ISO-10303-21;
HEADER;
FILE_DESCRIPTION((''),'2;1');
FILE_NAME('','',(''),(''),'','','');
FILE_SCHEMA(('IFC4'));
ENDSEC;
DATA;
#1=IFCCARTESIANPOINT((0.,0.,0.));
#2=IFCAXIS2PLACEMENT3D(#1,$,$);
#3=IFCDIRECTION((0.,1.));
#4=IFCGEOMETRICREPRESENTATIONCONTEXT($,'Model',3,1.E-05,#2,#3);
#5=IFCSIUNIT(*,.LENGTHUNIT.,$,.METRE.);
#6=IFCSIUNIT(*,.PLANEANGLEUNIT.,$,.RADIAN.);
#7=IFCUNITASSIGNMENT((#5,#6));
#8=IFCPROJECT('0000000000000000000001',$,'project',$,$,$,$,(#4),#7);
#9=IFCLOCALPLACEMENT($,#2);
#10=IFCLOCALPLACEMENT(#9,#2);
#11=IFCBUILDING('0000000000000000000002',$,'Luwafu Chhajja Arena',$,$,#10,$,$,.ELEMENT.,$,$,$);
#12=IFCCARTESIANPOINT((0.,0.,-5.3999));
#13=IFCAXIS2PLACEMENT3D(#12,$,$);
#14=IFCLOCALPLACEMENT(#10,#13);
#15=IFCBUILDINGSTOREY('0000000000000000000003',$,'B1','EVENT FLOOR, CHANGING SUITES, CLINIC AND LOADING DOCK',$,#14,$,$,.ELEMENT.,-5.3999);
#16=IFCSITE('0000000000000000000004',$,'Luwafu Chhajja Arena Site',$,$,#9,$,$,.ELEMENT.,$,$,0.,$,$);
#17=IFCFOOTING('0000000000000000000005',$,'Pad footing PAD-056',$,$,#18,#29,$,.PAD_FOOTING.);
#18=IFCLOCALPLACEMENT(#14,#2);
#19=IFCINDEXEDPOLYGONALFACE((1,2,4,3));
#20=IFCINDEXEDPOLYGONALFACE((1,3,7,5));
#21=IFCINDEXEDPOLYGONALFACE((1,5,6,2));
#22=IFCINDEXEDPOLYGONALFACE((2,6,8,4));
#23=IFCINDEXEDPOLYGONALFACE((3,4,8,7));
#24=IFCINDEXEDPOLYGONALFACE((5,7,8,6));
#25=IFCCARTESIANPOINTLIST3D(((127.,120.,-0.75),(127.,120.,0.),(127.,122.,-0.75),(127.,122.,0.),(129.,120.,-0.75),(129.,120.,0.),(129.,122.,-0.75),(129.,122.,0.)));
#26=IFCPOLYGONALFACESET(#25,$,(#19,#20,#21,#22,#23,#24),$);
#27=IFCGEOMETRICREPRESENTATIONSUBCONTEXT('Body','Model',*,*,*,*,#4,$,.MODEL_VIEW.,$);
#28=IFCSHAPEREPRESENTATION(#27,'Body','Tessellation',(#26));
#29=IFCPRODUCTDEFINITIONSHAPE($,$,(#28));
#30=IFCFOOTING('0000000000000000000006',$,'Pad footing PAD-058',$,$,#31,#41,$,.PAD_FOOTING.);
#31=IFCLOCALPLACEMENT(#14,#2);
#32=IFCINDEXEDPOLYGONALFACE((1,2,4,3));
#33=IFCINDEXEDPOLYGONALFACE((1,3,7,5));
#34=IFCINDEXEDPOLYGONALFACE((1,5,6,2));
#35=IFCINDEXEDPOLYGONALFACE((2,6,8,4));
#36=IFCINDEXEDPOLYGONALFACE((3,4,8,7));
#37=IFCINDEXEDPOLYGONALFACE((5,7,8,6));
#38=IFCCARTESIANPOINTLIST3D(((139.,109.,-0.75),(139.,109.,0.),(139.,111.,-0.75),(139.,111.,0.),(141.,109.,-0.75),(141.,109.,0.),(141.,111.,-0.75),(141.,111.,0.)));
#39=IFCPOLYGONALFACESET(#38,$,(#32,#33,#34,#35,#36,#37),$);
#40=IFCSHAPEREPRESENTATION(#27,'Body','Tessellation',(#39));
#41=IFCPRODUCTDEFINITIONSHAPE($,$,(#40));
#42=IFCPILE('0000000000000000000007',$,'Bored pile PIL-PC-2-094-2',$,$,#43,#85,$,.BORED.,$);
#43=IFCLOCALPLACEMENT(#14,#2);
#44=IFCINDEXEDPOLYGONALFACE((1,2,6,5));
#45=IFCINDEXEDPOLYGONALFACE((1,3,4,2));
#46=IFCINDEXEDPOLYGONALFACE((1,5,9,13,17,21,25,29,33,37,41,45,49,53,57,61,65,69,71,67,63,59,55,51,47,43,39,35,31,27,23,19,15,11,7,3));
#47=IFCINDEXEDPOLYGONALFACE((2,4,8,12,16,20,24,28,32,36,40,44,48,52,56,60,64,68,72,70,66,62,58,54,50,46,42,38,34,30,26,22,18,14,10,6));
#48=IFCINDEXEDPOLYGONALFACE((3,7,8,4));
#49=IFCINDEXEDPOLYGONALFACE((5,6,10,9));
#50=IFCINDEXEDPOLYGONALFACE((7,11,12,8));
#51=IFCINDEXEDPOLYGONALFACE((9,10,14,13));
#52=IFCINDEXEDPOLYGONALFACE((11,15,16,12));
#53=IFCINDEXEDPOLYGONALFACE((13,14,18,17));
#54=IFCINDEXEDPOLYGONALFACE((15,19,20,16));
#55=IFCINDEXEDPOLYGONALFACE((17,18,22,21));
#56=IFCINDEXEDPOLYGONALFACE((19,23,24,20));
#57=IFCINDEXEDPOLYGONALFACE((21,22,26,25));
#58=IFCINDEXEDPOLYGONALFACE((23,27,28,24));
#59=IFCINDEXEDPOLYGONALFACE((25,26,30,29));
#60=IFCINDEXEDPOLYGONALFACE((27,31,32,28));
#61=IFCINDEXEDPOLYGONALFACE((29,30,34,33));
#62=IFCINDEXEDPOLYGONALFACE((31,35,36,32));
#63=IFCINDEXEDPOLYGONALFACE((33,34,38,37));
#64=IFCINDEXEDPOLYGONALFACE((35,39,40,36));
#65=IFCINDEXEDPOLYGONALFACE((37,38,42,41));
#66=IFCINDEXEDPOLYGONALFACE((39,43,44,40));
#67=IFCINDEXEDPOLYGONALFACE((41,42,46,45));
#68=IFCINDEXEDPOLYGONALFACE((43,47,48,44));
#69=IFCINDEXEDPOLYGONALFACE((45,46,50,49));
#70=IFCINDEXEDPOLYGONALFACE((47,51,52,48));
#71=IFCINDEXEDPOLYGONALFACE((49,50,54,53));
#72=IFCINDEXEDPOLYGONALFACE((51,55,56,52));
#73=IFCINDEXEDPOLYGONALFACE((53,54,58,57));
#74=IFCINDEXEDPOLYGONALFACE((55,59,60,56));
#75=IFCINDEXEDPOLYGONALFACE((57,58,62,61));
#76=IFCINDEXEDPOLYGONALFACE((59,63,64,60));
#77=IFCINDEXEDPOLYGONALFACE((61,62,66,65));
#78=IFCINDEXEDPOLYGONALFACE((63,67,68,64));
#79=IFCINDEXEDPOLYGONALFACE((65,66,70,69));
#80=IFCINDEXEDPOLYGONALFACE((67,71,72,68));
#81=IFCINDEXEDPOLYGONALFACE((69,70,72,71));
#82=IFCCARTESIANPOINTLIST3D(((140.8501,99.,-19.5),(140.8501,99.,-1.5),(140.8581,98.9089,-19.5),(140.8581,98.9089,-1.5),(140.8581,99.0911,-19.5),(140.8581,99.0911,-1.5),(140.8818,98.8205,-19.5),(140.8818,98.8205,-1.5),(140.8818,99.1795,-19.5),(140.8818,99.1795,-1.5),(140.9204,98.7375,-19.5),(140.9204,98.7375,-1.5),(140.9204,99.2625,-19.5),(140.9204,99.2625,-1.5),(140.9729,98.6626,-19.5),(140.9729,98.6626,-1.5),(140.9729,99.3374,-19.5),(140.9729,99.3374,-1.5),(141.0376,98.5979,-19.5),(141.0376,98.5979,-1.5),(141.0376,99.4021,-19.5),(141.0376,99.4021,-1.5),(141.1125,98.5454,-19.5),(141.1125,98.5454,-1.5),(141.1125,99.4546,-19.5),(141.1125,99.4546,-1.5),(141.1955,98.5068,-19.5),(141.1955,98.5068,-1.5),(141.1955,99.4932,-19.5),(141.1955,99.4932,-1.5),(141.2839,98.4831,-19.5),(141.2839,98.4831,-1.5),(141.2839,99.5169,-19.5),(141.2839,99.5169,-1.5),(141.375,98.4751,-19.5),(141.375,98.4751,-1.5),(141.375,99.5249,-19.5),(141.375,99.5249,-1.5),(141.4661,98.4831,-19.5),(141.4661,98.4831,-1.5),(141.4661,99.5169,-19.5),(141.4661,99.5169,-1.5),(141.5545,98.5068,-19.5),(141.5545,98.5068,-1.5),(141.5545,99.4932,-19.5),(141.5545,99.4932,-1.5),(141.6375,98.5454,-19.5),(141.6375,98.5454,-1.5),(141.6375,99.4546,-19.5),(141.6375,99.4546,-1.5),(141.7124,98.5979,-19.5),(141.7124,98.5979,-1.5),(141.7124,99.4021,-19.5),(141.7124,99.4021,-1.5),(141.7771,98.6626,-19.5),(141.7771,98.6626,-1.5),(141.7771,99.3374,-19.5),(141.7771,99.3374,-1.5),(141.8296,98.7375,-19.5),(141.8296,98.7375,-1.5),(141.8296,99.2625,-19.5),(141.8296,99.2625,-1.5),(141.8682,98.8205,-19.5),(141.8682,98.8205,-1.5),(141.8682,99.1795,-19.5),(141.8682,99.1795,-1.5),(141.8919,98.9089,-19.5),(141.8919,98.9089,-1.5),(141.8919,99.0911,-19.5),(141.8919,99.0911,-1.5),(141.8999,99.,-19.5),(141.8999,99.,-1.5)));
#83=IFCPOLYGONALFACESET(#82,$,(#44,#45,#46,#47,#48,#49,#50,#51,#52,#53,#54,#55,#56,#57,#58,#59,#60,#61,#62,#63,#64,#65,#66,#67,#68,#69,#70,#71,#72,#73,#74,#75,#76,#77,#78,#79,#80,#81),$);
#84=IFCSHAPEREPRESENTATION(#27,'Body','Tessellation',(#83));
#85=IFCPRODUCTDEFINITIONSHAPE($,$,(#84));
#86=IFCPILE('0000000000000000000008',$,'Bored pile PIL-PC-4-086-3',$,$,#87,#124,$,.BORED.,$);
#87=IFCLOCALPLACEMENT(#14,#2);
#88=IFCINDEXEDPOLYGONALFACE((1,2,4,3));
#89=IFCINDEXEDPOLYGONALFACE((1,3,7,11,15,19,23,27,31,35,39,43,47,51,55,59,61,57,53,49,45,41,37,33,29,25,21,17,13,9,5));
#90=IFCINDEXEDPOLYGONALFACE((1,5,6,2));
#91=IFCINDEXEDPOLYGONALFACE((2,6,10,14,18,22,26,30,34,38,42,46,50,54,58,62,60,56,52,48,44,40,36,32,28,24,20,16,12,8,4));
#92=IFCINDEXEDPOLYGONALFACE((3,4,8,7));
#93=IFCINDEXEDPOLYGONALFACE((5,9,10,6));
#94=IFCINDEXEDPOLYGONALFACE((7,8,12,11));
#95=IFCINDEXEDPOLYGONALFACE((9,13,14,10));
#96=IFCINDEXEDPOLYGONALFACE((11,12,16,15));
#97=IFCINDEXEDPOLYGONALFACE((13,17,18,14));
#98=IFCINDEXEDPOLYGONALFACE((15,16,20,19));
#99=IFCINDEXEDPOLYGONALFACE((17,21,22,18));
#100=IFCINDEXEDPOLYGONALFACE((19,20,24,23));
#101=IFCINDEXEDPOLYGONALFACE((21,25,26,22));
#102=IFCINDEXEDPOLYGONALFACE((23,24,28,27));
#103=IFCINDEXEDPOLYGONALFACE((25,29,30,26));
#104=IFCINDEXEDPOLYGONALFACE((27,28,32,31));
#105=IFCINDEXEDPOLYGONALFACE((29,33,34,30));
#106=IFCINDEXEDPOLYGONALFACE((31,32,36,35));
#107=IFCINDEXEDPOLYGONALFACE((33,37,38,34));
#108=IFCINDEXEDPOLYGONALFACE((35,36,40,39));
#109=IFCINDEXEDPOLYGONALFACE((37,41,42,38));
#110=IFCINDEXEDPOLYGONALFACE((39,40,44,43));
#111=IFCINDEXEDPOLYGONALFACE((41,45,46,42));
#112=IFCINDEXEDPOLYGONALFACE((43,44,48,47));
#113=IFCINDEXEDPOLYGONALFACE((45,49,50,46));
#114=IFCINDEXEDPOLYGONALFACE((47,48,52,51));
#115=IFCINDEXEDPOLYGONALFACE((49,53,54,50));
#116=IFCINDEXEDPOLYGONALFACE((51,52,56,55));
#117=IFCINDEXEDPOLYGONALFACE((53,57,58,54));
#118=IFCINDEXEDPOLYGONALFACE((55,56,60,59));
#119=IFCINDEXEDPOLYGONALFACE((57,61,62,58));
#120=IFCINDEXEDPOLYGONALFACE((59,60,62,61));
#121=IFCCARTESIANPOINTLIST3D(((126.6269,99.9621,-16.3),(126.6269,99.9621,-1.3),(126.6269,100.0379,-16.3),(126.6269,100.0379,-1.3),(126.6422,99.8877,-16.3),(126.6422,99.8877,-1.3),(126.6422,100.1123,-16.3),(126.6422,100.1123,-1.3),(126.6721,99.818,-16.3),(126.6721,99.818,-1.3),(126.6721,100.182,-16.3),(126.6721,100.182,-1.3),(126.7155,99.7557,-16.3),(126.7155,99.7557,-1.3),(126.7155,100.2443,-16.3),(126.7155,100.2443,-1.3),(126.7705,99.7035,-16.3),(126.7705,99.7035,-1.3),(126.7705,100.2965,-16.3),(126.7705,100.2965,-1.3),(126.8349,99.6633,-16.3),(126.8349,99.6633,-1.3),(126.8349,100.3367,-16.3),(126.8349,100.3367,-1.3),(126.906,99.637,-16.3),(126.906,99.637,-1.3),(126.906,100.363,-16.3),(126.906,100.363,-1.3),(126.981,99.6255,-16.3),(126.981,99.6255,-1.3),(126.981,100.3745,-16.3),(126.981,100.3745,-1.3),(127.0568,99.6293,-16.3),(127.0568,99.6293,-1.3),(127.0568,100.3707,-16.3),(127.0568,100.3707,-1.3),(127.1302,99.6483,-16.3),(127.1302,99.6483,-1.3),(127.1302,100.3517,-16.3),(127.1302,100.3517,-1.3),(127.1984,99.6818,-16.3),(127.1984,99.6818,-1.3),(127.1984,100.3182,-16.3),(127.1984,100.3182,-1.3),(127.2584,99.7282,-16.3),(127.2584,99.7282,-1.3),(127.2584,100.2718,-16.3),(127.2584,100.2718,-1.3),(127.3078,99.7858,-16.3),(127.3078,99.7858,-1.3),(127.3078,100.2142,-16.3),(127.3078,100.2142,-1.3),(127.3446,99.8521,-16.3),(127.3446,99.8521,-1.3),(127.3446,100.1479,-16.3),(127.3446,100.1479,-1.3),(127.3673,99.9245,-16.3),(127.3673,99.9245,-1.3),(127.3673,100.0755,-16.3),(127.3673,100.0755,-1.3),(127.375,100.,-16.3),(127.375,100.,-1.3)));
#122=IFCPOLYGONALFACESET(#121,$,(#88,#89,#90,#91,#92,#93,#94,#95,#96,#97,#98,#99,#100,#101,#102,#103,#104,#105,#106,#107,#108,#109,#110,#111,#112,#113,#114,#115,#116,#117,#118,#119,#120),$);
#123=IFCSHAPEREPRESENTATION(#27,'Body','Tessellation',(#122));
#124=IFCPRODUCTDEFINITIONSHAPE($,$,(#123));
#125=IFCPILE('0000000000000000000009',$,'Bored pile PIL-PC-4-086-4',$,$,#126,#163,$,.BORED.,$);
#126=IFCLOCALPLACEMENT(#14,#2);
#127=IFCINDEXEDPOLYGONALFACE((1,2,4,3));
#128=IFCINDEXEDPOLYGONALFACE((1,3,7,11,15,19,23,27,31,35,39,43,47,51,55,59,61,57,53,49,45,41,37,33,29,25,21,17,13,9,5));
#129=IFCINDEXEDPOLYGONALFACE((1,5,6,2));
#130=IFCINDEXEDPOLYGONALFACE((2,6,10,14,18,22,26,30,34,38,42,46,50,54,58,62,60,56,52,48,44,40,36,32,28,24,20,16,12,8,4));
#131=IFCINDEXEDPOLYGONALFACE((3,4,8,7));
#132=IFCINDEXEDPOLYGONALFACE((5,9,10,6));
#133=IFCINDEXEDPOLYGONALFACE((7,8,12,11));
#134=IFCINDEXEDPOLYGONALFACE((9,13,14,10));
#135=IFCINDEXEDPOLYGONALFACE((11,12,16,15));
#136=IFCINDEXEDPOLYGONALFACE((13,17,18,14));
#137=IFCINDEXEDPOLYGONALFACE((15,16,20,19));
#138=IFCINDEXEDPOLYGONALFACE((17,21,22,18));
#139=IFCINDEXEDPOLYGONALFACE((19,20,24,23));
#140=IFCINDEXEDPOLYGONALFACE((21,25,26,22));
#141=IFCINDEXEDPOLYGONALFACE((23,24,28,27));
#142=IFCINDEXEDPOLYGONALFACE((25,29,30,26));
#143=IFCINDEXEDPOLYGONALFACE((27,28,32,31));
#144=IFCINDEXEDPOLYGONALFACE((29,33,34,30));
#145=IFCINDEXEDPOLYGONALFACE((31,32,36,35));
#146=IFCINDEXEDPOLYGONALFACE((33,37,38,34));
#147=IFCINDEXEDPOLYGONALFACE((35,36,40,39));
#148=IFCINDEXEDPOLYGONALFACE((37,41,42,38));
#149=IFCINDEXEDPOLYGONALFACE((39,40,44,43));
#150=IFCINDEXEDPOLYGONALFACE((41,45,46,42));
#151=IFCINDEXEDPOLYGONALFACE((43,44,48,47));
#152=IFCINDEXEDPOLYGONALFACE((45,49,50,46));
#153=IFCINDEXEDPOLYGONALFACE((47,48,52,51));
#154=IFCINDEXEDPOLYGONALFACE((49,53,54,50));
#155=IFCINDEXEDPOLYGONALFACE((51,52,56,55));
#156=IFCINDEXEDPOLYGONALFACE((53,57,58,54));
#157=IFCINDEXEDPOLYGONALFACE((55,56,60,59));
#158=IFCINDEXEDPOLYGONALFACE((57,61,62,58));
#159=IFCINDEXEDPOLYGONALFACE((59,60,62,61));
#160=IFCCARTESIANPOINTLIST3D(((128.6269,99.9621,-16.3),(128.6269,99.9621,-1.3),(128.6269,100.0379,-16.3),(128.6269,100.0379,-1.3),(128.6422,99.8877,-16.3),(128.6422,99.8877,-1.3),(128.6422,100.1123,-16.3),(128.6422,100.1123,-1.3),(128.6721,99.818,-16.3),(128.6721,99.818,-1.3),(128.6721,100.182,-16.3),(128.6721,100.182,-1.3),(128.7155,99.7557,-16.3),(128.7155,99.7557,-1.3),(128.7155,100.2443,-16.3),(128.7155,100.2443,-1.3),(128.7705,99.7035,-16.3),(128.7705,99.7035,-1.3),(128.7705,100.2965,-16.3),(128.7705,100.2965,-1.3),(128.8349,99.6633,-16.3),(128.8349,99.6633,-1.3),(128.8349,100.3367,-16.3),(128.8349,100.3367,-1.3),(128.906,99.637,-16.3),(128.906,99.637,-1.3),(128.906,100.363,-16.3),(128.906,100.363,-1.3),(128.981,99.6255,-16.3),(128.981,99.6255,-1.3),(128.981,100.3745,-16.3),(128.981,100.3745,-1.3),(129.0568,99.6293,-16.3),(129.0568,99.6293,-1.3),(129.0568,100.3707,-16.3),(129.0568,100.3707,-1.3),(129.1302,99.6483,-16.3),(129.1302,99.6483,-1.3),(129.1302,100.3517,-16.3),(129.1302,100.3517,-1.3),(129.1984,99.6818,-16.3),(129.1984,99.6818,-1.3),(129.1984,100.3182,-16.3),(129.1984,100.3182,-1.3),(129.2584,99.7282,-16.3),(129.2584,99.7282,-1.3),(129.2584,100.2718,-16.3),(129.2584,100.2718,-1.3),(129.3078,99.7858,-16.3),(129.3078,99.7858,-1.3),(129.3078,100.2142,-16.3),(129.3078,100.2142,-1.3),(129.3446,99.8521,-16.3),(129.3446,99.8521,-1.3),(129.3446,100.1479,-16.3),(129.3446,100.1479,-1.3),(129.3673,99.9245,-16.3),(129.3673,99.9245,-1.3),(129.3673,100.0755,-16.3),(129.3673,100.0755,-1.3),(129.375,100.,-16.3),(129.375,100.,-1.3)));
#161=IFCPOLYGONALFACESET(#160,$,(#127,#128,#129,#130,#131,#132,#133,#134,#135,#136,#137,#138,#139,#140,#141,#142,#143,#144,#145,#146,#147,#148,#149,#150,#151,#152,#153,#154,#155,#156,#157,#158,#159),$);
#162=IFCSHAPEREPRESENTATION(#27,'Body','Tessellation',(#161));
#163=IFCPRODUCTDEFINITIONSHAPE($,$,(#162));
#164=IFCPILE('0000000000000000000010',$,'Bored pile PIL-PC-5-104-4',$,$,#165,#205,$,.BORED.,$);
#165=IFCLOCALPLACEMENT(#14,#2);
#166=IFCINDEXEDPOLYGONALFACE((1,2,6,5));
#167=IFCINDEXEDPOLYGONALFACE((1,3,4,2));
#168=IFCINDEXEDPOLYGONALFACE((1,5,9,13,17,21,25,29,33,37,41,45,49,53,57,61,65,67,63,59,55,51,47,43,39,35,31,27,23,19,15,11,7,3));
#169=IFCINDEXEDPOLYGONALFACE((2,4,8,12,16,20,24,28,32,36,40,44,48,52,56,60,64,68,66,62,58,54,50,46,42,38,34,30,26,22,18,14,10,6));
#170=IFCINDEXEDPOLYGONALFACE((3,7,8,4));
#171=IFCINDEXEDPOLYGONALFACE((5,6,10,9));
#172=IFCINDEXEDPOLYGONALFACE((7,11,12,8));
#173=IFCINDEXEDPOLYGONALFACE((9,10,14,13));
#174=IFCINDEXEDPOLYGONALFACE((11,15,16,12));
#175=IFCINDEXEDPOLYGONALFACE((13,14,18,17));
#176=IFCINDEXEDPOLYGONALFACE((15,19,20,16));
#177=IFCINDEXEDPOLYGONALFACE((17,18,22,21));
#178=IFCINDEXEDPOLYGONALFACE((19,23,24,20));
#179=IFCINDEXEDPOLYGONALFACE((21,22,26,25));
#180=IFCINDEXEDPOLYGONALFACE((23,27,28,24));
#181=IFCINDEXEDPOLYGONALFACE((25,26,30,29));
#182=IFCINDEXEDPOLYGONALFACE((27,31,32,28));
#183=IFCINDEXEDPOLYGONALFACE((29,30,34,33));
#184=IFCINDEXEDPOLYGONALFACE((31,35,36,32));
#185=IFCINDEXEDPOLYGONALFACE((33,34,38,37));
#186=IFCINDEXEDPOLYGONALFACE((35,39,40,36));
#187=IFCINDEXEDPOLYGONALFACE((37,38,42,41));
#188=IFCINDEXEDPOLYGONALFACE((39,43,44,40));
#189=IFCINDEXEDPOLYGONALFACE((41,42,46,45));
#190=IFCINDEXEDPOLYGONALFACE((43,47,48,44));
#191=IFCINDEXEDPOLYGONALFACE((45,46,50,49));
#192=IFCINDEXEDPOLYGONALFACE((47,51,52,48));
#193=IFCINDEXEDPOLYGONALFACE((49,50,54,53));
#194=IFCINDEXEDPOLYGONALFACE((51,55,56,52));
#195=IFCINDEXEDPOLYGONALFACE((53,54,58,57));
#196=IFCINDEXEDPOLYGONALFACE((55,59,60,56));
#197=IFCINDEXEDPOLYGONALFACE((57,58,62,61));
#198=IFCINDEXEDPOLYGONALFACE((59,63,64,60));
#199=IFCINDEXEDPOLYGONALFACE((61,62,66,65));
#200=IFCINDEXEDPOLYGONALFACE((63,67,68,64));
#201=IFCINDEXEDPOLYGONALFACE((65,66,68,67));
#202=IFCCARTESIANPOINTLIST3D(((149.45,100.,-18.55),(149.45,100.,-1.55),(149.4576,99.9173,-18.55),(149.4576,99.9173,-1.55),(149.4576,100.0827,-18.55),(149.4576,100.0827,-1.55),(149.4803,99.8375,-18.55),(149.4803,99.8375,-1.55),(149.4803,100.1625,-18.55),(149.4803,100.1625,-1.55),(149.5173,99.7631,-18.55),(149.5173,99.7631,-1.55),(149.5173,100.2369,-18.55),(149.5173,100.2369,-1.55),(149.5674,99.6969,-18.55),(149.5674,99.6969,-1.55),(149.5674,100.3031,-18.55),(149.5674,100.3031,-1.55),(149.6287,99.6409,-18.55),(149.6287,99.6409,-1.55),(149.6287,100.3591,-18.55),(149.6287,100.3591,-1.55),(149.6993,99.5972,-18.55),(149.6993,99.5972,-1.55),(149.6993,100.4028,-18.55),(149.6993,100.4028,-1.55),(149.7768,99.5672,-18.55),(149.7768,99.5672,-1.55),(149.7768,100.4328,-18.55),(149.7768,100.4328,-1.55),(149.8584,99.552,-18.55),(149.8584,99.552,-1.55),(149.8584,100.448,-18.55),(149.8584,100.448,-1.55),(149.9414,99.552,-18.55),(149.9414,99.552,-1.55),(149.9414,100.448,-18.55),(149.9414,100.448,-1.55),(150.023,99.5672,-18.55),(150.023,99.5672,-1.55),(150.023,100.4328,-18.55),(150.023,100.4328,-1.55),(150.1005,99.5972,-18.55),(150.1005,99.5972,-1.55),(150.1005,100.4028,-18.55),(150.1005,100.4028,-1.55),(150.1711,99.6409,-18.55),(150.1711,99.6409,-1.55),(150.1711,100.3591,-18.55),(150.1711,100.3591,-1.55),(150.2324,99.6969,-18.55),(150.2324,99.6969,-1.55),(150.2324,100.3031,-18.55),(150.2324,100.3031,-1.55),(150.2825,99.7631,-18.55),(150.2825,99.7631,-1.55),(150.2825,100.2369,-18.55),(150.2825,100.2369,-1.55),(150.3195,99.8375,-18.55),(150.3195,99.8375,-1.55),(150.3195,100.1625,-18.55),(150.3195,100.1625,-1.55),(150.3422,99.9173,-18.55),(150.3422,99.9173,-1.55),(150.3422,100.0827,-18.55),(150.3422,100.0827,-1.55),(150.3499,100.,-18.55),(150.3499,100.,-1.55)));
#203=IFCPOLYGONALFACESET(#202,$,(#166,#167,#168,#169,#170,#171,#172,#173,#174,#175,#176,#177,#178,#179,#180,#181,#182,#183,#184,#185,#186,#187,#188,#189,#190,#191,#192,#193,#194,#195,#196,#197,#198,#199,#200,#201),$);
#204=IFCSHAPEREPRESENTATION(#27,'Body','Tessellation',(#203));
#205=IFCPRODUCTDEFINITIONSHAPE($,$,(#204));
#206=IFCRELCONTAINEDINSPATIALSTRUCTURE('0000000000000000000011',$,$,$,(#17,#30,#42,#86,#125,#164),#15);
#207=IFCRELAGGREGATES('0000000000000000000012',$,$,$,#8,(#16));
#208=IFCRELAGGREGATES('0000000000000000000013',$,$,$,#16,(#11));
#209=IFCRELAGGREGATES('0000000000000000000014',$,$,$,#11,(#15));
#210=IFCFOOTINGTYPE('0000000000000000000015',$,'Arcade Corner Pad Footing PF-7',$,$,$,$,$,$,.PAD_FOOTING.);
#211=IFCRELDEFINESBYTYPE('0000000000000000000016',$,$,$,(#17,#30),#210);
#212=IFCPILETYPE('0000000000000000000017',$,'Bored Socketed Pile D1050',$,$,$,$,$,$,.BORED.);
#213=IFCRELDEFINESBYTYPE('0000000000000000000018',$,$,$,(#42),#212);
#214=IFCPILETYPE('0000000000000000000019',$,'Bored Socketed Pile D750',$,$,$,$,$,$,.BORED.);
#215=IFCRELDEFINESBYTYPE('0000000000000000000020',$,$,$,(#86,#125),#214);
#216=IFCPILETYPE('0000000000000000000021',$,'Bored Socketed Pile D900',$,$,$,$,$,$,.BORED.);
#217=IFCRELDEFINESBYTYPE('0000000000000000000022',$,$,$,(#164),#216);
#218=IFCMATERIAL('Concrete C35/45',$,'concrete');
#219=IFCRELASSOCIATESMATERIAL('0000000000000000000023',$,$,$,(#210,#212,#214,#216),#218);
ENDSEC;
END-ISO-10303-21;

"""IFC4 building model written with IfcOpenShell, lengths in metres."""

from ifc_helpers import new_model, si_unit, direction, frame, origin, origin_2d, place, context, subcontext, project, spatial, rectangle, circle, extrude, material, material_profile, profile_set, type_object, element, save


model = new_model("IFC4")

# Units and contexts
model_context = context("Model", 3, precision=1e-05, world=origin(), true_north=direction((0.0, 1.0)))
body_context = subcontext(model_context, "Body", "Model", "MODEL_VIEW")
ifc_project = project(units=[si_unit("LENGTHUNIT", "METRE"), si_unit("PLANEANGLEUNIT", "RADIAN")], contexts=[model_context])

# Site, building, storey
site_placement = place(None, origin())
site = spatial("IfcSite", under=ifc_project, at=site_placement, Name="Luwafu Chhajja Arena Site", CompositionType="ELEMENT", RefElevation=0.0)
building_placement = place(site_placement, origin())
building = spatial("IfcBuilding", under=site, at=building_placement, Name="Luwafu Chhajja Arena", CompositionType="ELEMENT")
storey_placement = place(building_placement, frame((0.0, 0.0, -5.3999)))
storey = spatial("IfcBuildingStorey", under=building, at=storey_placement, Name="B1", Description="EVENT FLOOR, CHANGING SUITES, CLINIC AND LOADING DOCK", CompositionType="ELEMENT", Elevation=-5.3999)

# Footings
ifc_material_1 = material(Name="Concrete C35/45", Category="concrete")
footing_type_1 = type_object("IfcFootingType", Name="Arcade Corner Pad Footing PF-7", PredefinedType="PAD_FOOTING", material=ifc_material_1)
for number, where, z_axis, x_axis, name in (
    (1, (128.0, 121.0, -0.75), (0.0, 0.0, 1.0), (1.0, 0.0, 0.0), "Pad footing PAD-056"),
    (2, (140.0, 110.0, -0.75), (0.0, 0.0, 1.0), (1.0, 0.0, 0.0), "Pad footing PAD-058"),
):
    element("IfcFooting", number, at=place(storey_placement, frame(where, z_axis=z_axis, x_axis=x_axis)), inside=storey, type_object=footing_type_1, Name=name, PredefinedType="PAD_FOOTING", context=body_context, shape_type="SweptSolid", body=[
        extrude(rectangle(XDim=2.0, YDim=2.0, at=origin_2d()), origin(), (0.0, 0.0, 1.0), 0.75),
    ])

# Piles
ifc_material_profile_1 = material_profile(ifc_material_1, circle(Radius=0.5249, at=origin_2d()), Name="PILE D1050")
ifc_profile_set_1 = profile_set([ifc_material_profile_1], Name="Concrete C35/45")
pile_type_1 = type_object("IfcPileType", Name="Bored Socketed Pile D1050", PredefinedType="BORED", material=ifc_profile_set_1)
pile_1_placement = place(storey_placement, frame((141.375, 99.0, -1.5), z_axis=(0.0, 0.0, -1.0), x_axis=(1.0, 0.0, 0.0)))
element("IfcPile", 3, at=pile_1_placement, inside=storey, type_object=pile_type_1, Name="Bored pile PIL-PC-2-094-2", PredefinedType="BORED", context=body_context, shape_type="SweptSolid", body=[
    extrude(circle(Radius=0.5249, at=origin_2d()), origin(), (0.0, 0.0, 1.0), 18.0),
])
ifc_material_profile_2 = material_profile(ifc_material_1, circle(Radius=0.375, at=origin_2d()), Name="PILE D750")
ifc_profile_set_2 = profile_set([ifc_material_profile_2], Name="Concrete C35/45")
pile_type_2 = type_object("IfcPileType", Name="Bored Socketed Pile D750", PredefinedType="BORED", material=ifc_profile_set_2)
for number, where, z_axis, x_axis, name in (
    (4, (127.0, 100.0, -1.3), (0.0, 0.0, -1.0), (1.0, 0.0, 0.0), "Bored pile PIL-PC-4-086-3"),
    (5, (129.0, 100.0, -1.3), (0.0, 0.0, -1.0), (1.0, 0.0, 0.0), "Bored pile PIL-PC-4-086-4"),
):
    element("IfcPile", number, at=place(storey_placement, frame(where, z_axis=z_axis, x_axis=x_axis)), inside=storey, type_object=pile_type_2, Name=name, PredefinedType="BORED", context=body_context, shape_type="SweptSolid", body=[
        extrude(circle(Radius=0.375, at=origin_2d()), origin(), (0.0, 0.0, 1.0), 15.0),
    ])
ifc_material_profile_3 = material_profile(ifc_material_1, circle(Radius=0.45, at=origin_2d()), Name="PILE D900")
ifc_profile_set_3 = profile_set([ifc_material_profile_3], Name="Concrete C35/45")
pile_type_3 = type_object("IfcPileType", Name="Bored Socketed Pile D900", PredefinedType="BORED", material=ifc_profile_set_3)
pile_2_placement = place(storey_placement, frame((149.8999, 100.0, -1.55), z_axis=(0.0, 0.0, -1.0), x_axis=(1.0, 0.0, 0.0)))
element("IfcPile", 6, at=pile_2_placement, inside=storey, type_object=pile_type_3, Name="Bored pile PIL-PC-5-104-4", PredefinedType="BORED", context=body_context, shape_type="SweptSolid", body=[
    extrude(circle(Radius=0.45, at=origin_2d()), origin(), (0.0, 0.0, 1.0), 17.0),
])

save(model, "model.ifc")
